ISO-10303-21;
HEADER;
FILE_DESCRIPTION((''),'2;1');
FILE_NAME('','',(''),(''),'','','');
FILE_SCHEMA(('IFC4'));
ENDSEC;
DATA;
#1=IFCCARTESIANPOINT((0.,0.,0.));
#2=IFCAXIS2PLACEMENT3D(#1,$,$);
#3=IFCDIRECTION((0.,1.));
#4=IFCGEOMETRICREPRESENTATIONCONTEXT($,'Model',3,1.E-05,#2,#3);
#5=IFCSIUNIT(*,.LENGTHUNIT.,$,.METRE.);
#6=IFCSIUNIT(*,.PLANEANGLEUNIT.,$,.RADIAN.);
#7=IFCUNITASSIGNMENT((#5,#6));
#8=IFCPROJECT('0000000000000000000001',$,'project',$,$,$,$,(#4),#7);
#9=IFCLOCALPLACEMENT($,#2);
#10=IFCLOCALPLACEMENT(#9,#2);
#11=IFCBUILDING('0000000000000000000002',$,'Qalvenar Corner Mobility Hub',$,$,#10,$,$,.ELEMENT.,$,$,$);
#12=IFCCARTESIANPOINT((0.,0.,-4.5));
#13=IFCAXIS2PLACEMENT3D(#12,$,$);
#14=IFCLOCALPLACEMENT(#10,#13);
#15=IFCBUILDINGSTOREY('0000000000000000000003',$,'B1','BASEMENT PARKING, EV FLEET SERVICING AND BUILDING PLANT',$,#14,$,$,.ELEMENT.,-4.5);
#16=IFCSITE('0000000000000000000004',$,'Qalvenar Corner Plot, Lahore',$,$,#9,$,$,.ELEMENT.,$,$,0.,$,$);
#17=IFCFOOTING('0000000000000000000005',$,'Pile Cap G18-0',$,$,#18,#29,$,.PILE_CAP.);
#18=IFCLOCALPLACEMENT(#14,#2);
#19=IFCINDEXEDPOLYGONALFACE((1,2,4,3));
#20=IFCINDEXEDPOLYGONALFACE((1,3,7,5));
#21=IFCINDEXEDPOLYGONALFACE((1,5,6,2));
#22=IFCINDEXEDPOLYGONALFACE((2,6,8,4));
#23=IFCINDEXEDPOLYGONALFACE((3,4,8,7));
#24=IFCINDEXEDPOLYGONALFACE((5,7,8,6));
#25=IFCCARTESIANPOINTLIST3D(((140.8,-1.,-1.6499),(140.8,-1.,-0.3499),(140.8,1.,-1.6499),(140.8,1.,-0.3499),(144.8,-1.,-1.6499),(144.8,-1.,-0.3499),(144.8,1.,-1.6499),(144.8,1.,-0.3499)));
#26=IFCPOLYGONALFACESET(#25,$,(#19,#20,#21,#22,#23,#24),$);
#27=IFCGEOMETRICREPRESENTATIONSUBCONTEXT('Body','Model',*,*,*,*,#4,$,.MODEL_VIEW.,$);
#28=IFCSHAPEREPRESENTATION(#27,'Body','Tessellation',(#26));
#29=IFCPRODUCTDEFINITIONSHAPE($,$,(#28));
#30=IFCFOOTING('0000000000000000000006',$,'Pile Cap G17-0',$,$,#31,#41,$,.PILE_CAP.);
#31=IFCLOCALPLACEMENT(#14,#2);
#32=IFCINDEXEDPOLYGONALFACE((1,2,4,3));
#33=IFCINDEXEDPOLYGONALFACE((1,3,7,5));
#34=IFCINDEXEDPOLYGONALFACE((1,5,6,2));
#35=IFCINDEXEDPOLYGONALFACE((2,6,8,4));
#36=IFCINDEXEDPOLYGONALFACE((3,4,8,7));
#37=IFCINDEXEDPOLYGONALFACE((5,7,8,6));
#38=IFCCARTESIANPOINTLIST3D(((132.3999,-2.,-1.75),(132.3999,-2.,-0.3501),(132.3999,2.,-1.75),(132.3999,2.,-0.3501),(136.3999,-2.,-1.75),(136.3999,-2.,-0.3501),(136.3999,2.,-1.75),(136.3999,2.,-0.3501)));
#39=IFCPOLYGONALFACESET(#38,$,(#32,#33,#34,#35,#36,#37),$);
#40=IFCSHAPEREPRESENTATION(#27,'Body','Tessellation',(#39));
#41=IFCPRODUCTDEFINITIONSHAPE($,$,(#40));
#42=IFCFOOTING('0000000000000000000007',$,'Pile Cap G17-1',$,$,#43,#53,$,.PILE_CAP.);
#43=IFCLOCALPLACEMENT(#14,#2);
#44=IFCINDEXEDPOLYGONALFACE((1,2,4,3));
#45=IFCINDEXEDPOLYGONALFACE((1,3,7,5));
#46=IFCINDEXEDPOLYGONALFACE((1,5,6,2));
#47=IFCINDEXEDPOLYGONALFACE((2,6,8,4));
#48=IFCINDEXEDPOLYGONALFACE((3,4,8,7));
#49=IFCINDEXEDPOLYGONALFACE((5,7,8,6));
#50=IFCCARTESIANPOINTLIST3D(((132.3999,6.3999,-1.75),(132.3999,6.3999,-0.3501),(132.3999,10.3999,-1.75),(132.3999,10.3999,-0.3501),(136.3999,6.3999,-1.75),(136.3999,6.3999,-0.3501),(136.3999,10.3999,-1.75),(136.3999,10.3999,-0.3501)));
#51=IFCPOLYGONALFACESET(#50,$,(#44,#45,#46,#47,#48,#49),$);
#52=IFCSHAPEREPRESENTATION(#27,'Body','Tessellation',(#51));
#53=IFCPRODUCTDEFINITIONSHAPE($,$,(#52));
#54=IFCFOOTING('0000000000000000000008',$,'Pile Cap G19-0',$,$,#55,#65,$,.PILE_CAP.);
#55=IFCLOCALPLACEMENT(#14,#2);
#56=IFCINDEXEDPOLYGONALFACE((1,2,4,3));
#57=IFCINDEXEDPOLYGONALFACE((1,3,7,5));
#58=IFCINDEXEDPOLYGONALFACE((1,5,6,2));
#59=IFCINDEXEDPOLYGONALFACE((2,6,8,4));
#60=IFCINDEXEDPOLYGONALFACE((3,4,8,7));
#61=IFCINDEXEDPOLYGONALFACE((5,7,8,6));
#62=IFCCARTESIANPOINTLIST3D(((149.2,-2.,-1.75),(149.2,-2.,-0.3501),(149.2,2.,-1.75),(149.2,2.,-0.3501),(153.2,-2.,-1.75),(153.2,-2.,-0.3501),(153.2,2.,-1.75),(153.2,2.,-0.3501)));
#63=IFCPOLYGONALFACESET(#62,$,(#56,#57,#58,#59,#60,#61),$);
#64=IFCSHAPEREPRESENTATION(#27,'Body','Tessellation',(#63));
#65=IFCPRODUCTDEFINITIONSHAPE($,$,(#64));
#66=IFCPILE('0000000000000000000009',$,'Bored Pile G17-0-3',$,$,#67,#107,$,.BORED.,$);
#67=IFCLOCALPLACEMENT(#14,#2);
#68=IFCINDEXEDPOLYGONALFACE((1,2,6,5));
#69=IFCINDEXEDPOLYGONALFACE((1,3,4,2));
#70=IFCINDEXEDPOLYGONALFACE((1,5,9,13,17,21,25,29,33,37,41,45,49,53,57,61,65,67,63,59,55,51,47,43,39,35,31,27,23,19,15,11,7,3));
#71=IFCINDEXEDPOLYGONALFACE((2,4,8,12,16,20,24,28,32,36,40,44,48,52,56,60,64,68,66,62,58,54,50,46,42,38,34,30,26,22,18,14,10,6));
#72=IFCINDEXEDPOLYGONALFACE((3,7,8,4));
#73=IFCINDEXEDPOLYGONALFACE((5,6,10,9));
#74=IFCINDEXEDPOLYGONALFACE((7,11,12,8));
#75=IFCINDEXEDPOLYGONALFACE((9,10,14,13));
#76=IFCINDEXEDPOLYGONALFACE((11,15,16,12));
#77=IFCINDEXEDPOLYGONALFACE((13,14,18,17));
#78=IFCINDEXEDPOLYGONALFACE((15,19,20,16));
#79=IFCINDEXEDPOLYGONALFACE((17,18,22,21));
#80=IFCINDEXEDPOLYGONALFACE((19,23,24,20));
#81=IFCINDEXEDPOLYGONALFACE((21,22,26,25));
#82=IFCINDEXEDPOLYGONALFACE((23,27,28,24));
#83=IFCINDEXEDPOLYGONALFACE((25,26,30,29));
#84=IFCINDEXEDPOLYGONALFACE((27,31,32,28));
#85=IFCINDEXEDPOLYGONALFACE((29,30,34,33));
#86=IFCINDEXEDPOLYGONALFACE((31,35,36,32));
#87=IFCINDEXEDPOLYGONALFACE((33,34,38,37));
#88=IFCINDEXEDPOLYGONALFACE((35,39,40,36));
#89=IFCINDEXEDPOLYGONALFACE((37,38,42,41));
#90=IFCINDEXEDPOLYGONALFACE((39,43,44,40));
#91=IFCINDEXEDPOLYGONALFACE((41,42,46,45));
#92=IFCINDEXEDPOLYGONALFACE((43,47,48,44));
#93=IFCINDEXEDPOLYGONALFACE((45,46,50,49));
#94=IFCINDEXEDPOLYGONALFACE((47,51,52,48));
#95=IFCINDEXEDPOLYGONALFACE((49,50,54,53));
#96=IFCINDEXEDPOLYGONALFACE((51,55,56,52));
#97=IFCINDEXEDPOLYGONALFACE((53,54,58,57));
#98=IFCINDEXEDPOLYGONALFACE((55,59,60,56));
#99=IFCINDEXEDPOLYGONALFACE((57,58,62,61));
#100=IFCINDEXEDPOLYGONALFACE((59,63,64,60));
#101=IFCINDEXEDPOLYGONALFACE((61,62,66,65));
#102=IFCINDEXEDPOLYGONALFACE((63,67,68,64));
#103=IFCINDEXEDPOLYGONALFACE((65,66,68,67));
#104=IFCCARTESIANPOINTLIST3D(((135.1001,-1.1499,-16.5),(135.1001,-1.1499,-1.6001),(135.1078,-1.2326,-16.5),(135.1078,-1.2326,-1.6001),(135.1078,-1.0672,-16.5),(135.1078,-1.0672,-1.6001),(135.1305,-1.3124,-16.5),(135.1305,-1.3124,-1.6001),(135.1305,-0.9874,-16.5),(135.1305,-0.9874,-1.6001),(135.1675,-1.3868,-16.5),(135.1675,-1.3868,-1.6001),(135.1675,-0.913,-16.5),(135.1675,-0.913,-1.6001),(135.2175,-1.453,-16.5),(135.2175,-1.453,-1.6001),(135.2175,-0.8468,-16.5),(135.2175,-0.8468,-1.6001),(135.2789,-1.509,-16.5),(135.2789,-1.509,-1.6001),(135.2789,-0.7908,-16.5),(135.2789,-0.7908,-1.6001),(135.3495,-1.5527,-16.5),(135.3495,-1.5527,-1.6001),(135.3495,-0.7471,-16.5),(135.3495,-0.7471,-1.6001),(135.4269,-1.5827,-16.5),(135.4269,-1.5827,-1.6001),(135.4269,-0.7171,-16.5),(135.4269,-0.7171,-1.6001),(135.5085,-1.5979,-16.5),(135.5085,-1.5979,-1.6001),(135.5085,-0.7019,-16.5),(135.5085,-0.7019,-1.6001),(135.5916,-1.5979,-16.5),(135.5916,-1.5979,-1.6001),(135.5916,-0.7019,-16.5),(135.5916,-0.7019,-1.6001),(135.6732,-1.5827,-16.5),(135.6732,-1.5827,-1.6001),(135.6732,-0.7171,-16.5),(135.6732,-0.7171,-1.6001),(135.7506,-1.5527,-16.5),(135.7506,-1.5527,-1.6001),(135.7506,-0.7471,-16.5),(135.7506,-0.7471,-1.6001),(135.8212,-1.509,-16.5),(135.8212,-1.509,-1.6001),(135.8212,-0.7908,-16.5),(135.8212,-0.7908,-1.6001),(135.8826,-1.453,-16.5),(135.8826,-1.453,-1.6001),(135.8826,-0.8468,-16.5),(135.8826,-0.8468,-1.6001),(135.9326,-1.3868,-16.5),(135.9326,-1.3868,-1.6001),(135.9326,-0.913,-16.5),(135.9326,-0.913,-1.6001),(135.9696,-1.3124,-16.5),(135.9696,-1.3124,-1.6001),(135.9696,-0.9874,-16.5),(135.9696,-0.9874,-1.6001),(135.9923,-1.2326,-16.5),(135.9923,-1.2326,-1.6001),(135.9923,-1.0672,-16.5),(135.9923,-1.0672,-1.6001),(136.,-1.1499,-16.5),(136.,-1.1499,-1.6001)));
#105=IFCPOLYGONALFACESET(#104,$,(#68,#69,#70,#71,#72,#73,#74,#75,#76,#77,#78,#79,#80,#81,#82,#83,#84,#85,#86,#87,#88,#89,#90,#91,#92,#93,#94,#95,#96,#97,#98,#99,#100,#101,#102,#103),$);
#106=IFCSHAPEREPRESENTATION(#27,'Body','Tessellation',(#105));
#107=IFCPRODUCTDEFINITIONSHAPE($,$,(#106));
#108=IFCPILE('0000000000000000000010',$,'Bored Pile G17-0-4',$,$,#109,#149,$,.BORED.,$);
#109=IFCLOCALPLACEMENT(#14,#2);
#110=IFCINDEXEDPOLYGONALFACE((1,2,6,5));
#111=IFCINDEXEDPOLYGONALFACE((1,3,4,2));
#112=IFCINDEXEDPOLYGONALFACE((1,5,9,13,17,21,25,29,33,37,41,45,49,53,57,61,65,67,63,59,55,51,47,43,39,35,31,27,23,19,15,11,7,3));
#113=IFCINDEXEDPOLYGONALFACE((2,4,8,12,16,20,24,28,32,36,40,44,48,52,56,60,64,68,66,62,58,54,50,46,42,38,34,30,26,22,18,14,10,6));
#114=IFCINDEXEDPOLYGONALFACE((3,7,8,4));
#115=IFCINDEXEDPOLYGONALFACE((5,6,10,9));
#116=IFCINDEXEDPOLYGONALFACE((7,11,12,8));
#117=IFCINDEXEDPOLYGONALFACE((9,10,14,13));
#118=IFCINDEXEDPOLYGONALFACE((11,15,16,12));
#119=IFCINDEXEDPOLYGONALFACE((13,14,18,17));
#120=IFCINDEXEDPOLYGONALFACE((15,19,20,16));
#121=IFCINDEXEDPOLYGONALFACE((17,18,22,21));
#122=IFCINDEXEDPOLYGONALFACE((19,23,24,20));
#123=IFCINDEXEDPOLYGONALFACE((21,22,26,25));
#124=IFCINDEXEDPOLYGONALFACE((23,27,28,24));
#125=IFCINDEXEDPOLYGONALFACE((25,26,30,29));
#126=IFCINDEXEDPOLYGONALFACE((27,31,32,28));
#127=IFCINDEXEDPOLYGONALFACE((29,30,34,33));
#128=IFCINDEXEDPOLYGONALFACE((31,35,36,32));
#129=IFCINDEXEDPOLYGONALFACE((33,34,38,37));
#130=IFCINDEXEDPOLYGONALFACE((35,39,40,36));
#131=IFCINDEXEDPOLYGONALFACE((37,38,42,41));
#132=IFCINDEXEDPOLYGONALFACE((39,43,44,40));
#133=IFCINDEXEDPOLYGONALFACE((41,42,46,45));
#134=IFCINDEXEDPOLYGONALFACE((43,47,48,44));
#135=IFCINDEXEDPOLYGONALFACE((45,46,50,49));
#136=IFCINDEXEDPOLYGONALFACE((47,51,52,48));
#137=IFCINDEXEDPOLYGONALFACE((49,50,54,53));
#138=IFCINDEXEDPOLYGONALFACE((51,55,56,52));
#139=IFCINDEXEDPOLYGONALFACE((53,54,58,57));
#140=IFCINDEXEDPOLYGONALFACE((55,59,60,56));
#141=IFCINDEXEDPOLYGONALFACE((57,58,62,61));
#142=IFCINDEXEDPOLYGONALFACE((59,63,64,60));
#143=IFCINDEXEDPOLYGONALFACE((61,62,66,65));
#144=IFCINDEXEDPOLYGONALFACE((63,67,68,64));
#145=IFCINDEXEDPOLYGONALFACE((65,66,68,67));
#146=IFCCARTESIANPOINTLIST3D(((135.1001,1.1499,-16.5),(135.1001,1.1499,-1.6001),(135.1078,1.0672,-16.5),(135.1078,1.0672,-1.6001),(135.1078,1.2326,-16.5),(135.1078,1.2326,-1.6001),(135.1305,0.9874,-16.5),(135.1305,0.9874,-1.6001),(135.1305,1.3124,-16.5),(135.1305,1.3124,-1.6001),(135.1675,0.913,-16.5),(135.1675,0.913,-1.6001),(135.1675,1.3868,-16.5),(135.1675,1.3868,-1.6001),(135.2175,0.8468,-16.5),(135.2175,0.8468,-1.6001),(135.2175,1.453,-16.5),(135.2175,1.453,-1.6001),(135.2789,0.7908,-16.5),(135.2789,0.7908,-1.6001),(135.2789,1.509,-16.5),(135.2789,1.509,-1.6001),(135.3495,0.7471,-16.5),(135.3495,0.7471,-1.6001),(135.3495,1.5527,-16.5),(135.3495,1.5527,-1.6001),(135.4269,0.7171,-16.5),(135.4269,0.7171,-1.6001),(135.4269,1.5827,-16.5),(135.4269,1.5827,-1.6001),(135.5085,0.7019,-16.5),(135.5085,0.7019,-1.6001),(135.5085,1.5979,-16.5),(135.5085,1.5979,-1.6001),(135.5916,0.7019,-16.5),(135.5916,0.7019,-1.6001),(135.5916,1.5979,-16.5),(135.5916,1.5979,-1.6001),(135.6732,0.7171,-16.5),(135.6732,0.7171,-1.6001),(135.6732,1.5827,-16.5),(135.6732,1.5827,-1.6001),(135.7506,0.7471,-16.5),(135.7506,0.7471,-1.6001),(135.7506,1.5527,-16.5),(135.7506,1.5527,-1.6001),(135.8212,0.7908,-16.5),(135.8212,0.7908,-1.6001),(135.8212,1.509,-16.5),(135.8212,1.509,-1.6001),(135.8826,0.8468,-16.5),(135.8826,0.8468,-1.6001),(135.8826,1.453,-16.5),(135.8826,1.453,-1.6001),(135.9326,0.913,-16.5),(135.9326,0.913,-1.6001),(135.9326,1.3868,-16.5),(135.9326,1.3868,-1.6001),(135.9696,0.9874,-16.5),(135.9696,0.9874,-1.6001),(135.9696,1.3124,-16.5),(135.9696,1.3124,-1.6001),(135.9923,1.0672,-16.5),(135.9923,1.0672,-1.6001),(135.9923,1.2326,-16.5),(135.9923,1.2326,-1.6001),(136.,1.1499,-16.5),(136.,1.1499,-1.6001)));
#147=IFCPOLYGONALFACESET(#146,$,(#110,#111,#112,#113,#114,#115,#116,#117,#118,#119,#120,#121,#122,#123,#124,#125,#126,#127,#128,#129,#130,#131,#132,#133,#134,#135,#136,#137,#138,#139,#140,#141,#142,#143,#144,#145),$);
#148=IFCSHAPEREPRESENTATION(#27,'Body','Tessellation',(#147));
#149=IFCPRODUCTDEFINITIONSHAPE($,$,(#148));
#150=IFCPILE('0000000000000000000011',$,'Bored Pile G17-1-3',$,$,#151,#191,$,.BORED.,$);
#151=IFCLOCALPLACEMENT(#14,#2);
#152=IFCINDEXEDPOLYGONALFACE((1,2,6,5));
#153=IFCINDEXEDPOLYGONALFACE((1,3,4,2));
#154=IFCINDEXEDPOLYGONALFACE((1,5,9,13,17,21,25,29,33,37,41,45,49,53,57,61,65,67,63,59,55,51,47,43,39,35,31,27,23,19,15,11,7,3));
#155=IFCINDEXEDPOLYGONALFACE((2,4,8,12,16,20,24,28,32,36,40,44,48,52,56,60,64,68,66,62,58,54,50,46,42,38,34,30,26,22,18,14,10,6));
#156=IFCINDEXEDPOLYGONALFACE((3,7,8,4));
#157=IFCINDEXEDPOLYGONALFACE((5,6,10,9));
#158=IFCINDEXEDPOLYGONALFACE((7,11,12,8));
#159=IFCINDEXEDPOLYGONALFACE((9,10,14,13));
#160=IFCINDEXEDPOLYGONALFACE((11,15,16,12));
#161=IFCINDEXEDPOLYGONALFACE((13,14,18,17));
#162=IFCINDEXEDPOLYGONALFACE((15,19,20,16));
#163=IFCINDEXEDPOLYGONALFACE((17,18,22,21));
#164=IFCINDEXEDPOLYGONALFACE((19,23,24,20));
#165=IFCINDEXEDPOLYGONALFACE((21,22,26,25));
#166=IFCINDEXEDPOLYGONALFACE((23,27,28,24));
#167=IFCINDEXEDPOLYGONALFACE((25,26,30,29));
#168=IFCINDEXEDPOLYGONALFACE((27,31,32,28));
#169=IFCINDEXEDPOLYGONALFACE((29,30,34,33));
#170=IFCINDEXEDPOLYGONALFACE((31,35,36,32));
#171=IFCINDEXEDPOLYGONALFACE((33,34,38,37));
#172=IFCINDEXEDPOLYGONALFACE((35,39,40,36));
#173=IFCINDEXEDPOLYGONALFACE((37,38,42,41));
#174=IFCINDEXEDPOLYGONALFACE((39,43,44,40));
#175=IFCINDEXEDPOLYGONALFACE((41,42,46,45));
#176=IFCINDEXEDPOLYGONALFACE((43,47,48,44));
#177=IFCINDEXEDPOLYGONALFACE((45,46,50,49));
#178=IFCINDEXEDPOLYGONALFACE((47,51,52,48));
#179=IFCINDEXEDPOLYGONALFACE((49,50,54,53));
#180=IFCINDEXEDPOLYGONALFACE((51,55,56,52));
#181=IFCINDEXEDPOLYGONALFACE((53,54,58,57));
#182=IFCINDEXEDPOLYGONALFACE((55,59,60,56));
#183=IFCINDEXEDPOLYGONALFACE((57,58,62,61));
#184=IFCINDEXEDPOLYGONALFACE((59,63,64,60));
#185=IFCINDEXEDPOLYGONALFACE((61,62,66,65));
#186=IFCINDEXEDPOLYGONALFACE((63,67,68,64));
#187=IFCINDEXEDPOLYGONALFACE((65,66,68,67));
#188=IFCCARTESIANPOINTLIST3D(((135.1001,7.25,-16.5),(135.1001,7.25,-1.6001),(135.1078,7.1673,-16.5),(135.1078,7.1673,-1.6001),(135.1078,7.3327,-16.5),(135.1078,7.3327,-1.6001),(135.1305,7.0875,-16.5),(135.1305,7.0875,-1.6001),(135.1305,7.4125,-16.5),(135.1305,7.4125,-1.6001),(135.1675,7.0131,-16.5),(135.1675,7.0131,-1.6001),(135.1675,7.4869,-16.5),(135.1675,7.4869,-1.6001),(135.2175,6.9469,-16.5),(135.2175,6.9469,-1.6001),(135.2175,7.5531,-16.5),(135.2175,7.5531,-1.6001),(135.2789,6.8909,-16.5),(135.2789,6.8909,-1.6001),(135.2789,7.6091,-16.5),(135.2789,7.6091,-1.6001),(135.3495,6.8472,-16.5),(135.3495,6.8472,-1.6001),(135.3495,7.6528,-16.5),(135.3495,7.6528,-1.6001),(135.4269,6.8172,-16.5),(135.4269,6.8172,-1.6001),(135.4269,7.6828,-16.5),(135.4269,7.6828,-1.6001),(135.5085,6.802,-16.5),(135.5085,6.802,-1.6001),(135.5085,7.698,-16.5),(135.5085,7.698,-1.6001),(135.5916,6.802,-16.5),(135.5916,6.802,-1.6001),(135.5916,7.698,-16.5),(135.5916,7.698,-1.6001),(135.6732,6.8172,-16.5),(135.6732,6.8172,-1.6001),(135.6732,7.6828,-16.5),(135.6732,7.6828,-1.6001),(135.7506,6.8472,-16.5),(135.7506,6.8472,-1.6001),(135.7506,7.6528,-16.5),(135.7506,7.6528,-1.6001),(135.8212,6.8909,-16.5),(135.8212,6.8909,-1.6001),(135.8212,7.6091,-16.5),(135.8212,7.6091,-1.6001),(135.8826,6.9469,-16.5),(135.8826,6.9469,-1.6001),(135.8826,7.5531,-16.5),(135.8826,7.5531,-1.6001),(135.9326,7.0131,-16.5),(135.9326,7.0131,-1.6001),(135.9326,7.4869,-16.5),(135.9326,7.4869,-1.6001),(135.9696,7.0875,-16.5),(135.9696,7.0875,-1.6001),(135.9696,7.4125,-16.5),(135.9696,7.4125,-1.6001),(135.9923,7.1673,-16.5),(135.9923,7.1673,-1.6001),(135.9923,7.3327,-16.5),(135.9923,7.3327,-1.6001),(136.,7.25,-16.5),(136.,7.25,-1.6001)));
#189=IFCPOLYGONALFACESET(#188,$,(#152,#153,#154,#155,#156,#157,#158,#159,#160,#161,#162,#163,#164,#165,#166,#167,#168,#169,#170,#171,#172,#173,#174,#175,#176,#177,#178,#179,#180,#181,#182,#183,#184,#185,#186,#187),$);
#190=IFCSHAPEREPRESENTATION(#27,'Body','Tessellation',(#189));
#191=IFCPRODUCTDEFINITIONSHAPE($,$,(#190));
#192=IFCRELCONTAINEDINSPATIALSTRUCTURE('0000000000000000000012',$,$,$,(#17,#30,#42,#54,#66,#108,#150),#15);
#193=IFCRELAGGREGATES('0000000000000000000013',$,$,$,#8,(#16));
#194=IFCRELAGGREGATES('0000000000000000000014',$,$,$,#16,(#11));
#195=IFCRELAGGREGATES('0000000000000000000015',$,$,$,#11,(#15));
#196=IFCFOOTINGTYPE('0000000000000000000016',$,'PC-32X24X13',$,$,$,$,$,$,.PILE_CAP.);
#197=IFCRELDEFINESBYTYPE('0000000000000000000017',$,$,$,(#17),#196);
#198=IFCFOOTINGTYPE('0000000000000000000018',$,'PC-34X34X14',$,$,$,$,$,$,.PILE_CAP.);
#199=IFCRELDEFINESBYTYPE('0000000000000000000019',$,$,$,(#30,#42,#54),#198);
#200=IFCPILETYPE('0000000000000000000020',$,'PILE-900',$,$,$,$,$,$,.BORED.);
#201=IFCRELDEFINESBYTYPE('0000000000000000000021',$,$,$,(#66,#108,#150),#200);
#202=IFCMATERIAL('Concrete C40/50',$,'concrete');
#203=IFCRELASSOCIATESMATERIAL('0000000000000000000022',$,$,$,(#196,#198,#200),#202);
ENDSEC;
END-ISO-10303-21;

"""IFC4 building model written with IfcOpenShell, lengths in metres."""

from ifc_helpers import new_model, si_unit, direction, frame, origin, origin_2d, place, context, subcontext, project, spatial, rectangle, circle, extrude, material, material_profile, profile_set, type_object, element, save


model = new_model("IFC4")

# Units and contexts
model_context = context("Model", 3, precision=1e-05, world=origin(), true_north=direction((0.0, 1.0)))
body_context = subcontext(model_context, "Body", "Model", "MODEL_VIEW")
ifc_project = project(units=[si_unit("LENGTHUNIT", "METRE"), si_unit("PLANEANGLEUNIT", "RADIAN")], contexts=[model_context])

# Site, building, storey
site_placement = place(None, origin())
site = spatial("IfcSite", under=ifc_project, at=site_placement, Name="Qalvenar Corner Plot, Lahore", CompositionType="ELEMENT", RefElevation=0.0)
building_placement = place(site_placement, origin())
building = spatial("IfcBuilding", under=site, at=building_placement, Name="Qalvenar Corner Mobility Hub", CompositionType="ELEMENT")
storey_placement = place(building_placement, frame((0.0, 0.0, -4.5)))
storey = spatial("IfcBuildingStorey", under=building, at=storey_placement, Name="B1", Description="BASEMENT PARKING, EV FLEET SERVICING AND BUILDING PLANT", CompositionType="ELEMENT", Elevation=-4.5)

# Footings
ifc_material_1 = material(Name="Concrete C40/50", Category="concrete")
footing_type_1 = type_object("IfcFootingType", Name="PC-32X24X13", PredefinedType="PILE_CAP", material=ifc_material_1)
footing_1_placement = place(storey_placement, frame((142.8, 0.0, -1.6499), z_axis=(0.0, 0.0, 1.0), x_axis=(1.0, 0.0, 0.0)))
element("IfcFooting", 1, at=footing_1_placement, inside=storey, type_object=footing_type_1, Name="Pile Cap G18-0", PredefinedType="PILE_CAP", context=body_context, shape_type="SweptSolid", body=[
    extrude(rectangle(XDim=4.0, YDim=2.0, at=origin_2d()), origin(), (0.0, 0.0, 1.0), 1.3),
])
footing_type_2 = type_object("IfcFootingType", Name="PC-34X34X14", PredefinedType="PILE_CAP", material=ifc_material_1)
for number, where, z_axis, x_axis, name in (
    (2, (134.3999, 0.0, -1.75), (0.0, 0.0, 1.0), (1.0, 0.0, 0.0), "Pile Cap G17-0"),
    (3, (134.3999, 8.3999, -1.75), (0.0, 0.0, 1.0), (1.0, 0.0, 0.0), "Pile Cap G17-1"),
    (4, (151.2, 0.0, -1.75), (0.0, 0.0, 1.0), (1.0, 0.0, 0.0), "Pile Cap G19-0"),
):
    element("IfcFooting", number, at=place(storey_placement, frame(where, z_axis=z_axis, x_axis=x_axis)), inside=storey, type_object=footing_type_2, Name=name, PredefinedType="PILE_CAP", context=body_context, shape_type="SweptSolid", body=[
        extrude(rectangle(XDim=4.0, YDim=4.0, at=origin_2d()), origin(), (0.0, 0.0, 1.0), 1.3999),
    ])

# Piles
ifc_material_profile_1 = material_profile(ifc_material_1, circle(Radius=0.45, at=origin_2d()), Name="DIA900")
ifc_profile_set_1 = profile_set([ifc_material_profile_1], Name="Concrete C40/50")
pile_type = type_object("IfcPileType", Name="PILE-900", PredefinedType="BORED", material=ifc_profile_set_1)
for number, where, z_axis, x_axis, name in (
    (5, (135.55, -1.1499, -1.6001), (0.0, 0.0, -1.0), (1.0, 0.0, 0.0), "Bored Pile G17-0-3"),
    (6, (135.55, 1.1499, -1.6001), (0.0, 0.0, -1.0), (1.0, 0.0, 0.0), "Bored Pile G17-0-4"),
    (7, (135.55, 7.25, -1.6001), (0.0, 0.0, -1.0), (1.0, 0.0, 0.0), "Bored Pile G17-1-3"),
):
    element("IfcPile", number, at=place(storey_placement, frame(where, z_axis=z_axis, x_axis=x_axis)), inside=storey, type_object=pile_type, Name=name, PredefinedType="BORED", context=body_context, shape_type="SweptSolid", body=[
        extrude(circle(Radius=0.45, at=origin_2d()), origin(), (0.0, 0.0, 1.0), 14.8999),
    ])

save(model, "model.ifc")
